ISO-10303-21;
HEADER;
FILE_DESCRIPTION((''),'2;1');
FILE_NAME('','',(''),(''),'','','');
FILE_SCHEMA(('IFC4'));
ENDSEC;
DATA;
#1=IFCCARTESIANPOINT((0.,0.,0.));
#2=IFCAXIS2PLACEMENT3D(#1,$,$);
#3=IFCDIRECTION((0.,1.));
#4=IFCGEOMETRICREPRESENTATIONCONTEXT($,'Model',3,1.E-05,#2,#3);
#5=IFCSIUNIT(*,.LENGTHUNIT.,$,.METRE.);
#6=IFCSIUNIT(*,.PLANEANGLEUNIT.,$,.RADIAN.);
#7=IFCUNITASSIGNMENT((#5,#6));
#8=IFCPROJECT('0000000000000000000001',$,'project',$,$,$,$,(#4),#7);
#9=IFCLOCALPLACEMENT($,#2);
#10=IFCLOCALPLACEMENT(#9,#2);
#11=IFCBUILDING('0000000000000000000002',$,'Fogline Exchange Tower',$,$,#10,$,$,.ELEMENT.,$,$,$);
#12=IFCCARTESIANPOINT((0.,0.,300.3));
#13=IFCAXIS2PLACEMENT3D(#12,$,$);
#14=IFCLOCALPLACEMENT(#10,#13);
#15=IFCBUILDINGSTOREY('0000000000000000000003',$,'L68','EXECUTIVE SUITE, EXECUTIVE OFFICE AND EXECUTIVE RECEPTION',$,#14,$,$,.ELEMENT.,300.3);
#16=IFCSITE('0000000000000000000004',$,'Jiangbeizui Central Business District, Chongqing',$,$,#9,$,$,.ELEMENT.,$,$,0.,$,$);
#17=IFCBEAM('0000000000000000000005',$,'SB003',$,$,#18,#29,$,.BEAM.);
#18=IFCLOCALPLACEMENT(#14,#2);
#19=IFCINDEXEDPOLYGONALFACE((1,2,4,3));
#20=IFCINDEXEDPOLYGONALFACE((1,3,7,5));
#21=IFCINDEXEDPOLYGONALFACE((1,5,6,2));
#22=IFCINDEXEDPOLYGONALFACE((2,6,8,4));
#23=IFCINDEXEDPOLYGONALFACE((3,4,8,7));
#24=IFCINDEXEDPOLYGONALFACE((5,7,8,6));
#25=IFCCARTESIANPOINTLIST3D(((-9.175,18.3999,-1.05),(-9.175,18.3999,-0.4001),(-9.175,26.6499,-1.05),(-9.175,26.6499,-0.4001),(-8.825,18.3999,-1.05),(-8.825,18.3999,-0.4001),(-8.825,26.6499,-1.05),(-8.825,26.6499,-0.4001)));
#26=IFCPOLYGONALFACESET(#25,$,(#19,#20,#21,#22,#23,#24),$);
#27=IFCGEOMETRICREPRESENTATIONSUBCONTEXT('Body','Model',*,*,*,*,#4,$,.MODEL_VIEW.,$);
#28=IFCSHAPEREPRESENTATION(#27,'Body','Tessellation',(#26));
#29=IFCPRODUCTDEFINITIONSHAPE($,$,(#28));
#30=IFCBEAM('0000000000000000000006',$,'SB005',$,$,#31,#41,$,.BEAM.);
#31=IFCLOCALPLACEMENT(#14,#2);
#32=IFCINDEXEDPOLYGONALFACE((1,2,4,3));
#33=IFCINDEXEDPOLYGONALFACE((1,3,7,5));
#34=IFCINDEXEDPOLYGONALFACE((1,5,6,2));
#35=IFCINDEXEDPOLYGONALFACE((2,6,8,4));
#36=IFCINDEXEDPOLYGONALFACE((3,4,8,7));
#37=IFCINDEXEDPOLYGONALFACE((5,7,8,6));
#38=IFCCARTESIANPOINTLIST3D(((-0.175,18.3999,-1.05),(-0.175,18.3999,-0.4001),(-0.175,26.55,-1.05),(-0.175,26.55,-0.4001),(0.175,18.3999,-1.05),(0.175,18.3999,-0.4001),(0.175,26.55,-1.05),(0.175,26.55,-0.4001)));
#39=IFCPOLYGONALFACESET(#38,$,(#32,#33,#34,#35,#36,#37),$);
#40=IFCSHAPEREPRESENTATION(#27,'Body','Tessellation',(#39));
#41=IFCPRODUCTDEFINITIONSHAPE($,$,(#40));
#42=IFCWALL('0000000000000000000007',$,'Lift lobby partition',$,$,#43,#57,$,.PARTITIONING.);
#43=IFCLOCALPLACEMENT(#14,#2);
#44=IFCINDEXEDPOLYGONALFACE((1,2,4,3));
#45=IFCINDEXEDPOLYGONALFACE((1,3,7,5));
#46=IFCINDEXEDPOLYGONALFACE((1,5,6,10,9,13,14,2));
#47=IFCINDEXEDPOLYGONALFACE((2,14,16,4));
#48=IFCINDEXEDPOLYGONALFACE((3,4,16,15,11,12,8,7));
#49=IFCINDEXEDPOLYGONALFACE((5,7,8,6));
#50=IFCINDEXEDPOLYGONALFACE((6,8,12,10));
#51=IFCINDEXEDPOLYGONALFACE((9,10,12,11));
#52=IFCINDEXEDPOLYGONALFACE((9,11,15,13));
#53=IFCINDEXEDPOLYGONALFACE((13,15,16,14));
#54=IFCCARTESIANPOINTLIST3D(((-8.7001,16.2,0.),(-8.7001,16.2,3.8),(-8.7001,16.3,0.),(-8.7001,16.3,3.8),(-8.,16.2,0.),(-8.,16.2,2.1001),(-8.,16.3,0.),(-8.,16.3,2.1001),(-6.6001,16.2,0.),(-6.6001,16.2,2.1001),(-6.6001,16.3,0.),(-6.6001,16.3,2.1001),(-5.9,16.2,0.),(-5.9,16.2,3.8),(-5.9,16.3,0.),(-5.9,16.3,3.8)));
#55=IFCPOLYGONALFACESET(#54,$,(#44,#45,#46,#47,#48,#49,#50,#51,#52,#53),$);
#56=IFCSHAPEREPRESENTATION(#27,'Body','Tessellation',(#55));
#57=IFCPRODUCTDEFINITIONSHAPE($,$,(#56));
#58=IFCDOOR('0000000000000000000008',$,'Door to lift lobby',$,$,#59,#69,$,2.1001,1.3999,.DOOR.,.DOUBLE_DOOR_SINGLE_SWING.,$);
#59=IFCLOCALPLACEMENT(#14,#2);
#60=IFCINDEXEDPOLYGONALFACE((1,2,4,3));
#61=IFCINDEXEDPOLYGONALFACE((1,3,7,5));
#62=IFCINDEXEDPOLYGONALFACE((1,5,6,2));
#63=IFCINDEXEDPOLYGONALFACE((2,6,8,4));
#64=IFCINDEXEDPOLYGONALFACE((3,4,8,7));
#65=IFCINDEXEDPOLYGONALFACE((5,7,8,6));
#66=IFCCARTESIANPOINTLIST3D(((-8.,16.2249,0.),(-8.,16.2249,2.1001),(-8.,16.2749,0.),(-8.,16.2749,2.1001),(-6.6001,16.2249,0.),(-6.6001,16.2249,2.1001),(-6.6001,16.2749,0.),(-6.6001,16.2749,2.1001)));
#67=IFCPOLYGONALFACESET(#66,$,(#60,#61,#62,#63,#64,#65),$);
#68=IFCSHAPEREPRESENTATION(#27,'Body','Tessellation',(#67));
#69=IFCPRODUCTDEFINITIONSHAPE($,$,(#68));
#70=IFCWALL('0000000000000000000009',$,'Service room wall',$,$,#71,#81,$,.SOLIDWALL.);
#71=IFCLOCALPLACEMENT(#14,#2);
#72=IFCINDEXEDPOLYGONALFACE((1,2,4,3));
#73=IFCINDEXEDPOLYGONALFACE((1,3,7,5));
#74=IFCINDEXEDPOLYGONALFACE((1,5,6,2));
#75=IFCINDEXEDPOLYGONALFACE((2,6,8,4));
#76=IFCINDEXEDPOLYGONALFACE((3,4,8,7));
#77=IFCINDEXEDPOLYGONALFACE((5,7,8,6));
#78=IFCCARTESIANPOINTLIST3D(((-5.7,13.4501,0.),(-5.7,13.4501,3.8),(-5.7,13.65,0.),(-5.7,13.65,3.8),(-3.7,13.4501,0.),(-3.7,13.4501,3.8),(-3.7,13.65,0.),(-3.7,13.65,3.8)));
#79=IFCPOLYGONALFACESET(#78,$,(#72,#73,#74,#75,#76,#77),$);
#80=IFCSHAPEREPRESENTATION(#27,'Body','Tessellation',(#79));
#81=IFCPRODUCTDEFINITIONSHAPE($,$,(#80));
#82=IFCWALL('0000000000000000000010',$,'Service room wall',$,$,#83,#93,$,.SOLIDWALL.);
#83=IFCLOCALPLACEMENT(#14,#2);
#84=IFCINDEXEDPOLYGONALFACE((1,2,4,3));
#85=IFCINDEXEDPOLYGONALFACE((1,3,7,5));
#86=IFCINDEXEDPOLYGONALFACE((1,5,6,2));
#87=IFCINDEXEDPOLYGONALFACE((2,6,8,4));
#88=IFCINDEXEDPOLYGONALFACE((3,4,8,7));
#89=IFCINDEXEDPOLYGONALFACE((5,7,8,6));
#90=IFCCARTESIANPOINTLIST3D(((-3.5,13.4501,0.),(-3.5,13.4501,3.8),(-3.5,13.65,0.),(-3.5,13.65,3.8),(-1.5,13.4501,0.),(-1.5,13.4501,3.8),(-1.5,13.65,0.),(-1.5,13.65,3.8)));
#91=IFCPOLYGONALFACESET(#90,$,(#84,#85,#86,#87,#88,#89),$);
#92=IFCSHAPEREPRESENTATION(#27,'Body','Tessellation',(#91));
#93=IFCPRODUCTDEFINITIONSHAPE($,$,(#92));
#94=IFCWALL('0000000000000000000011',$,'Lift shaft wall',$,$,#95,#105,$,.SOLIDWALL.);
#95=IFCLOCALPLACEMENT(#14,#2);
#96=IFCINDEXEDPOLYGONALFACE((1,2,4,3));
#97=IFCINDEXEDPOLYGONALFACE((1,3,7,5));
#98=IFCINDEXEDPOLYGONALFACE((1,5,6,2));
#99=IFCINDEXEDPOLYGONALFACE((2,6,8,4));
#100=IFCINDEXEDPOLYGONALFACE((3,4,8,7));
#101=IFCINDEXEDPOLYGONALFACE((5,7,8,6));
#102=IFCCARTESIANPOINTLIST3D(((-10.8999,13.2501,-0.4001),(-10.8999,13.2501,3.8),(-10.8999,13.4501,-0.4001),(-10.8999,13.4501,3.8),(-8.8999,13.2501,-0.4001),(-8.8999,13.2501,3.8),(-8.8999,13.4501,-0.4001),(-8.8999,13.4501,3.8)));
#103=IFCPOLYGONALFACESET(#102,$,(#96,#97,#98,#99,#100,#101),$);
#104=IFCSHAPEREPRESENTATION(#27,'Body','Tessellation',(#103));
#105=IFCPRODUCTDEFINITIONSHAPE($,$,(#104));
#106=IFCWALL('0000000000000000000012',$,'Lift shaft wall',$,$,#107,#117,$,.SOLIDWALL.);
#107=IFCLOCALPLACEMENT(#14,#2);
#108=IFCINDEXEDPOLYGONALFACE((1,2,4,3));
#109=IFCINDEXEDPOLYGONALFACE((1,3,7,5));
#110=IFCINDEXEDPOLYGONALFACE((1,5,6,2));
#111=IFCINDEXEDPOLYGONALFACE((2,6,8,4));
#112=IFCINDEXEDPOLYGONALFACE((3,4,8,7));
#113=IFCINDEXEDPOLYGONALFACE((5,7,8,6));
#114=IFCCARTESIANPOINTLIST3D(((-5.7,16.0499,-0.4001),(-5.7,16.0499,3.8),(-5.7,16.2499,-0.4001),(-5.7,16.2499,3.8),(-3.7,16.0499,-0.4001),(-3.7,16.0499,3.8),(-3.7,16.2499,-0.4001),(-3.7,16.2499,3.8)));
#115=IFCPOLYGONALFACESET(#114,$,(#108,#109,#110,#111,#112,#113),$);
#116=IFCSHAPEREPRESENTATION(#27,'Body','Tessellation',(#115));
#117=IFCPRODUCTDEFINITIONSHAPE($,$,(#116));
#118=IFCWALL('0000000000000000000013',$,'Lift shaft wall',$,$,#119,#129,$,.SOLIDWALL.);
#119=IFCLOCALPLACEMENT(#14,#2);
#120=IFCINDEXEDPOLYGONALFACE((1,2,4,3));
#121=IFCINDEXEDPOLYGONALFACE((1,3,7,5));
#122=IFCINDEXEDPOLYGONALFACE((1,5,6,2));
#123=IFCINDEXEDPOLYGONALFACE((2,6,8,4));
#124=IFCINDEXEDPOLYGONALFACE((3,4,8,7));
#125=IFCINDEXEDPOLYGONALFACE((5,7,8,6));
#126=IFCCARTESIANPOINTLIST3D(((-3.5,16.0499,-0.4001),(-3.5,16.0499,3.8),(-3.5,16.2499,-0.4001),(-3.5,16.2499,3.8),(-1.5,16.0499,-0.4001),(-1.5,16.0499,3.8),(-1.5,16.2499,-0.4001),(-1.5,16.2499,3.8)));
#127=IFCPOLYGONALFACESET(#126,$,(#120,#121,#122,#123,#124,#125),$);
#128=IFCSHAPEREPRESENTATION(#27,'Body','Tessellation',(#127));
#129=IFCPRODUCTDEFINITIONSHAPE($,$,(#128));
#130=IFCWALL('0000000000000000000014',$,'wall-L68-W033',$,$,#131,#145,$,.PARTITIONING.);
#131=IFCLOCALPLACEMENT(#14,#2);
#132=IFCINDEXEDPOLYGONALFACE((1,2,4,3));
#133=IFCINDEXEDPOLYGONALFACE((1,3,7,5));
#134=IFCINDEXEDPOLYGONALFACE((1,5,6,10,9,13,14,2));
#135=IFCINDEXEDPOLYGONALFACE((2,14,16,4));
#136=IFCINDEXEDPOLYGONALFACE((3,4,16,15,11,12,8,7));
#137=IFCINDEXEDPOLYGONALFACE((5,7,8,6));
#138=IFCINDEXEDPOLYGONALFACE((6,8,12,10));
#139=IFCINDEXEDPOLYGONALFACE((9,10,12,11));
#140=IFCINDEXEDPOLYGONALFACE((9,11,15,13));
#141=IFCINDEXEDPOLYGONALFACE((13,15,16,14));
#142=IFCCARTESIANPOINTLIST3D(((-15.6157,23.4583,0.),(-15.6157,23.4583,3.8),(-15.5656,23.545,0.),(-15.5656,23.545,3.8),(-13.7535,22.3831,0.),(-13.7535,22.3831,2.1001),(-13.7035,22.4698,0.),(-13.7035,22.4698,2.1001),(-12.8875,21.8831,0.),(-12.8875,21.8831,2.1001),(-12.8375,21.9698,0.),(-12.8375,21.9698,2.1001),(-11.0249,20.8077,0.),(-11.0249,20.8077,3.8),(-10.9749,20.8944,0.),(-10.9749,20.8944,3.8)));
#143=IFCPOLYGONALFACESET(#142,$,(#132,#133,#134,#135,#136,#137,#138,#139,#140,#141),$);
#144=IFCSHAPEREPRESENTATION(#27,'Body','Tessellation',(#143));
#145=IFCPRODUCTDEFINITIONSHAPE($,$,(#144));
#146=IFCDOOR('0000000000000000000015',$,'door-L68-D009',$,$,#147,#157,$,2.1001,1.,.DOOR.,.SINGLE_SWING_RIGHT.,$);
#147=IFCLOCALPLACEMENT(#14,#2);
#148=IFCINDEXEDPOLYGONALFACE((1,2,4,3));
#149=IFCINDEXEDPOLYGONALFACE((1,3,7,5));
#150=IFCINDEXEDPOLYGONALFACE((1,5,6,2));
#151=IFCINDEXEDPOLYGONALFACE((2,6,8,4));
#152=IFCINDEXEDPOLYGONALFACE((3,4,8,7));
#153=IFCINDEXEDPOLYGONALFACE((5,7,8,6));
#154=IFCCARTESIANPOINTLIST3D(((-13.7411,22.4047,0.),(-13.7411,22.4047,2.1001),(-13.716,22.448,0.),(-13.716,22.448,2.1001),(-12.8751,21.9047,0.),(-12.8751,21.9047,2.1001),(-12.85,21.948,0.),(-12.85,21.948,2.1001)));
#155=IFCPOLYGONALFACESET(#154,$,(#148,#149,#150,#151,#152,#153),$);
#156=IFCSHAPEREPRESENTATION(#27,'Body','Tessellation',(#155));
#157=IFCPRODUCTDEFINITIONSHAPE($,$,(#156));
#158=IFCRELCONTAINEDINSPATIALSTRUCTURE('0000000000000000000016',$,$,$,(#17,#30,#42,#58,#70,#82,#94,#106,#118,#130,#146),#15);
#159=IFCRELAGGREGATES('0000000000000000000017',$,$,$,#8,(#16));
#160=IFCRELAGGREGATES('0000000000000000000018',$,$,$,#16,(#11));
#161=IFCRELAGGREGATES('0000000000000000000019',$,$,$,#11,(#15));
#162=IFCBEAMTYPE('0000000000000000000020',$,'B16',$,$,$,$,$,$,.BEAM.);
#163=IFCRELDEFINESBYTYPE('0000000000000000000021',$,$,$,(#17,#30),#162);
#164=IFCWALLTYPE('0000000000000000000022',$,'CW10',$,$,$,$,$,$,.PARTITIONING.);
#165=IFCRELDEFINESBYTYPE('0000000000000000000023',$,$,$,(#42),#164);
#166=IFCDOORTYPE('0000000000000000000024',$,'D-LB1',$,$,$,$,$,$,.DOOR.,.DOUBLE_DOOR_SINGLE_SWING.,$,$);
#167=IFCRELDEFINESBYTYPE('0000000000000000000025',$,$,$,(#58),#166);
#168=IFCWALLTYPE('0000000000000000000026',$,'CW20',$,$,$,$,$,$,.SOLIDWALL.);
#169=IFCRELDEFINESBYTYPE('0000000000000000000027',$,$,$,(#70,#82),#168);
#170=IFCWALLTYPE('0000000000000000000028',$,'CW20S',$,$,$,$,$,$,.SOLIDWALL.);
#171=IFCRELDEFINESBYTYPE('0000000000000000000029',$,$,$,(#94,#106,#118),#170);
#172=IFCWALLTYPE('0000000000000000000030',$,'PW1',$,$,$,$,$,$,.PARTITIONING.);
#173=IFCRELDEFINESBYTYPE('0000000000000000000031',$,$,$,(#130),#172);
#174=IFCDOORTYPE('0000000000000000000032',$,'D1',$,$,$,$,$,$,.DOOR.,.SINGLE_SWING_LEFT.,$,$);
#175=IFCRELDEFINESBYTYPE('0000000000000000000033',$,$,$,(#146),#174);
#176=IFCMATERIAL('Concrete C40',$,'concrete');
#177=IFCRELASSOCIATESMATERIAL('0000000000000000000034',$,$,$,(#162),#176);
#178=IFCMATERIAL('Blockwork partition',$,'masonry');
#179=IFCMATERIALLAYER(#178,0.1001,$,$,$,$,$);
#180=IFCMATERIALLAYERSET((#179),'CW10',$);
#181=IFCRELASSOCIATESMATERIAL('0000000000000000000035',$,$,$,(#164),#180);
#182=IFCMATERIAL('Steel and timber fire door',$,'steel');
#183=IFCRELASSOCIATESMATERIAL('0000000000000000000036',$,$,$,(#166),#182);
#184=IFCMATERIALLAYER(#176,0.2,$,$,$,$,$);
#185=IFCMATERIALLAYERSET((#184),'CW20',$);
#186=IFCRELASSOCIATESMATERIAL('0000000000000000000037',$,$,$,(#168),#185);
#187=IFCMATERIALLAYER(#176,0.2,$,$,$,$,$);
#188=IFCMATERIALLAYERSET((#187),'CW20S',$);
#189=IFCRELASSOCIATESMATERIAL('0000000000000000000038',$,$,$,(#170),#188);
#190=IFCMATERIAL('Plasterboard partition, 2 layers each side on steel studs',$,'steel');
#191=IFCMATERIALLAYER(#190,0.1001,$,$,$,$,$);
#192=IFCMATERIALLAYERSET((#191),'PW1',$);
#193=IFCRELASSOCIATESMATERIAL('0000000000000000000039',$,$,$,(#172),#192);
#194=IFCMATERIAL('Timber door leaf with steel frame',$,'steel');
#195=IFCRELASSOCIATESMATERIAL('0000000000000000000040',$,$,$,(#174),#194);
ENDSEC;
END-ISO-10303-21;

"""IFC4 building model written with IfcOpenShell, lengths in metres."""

from ifc_helpers import new_model, si_unit, direction, frame, frame_2d, origin, origin_2d, place, context, subcontext, project, spatial, rectangle, extrude, material, layer, layer_set, material_profile, profile_set, type_object, element, fill, save


model = new_model("IFC4")

# Units and contexts
model_context = context("Model", 3, precision=1e-05, world=origin(), true_north=direction((0.0, 1.0)))
body_context = subcontext(model_context, "Body", "Model", "MODEL_VIEW")
ifc_project = project(units=[si_unit("LENGTHUNIT", "METRE"), si_unit("PLANEANGLEUNIT", "RADIAN")], contexts=[model_context])

# Site, building, storey
site_placement = place(None, origin())
site = spatial("IfcSite", under=ifc_project, at=site_placement, Name="Jiangbeizui Central Business District, Chongqing", CompositionType="ELEMENT", RefElevation=0.0)
building_placement = place(site_placement, origin())
building = spatial("IfcBuilding", under=site, at=building_placement, Name="Fogline Exchange Tower", CompositionType="ELEMENT")
storey_placement = place(building_placement, frame((0.0, 0.0, 300.3)))
storey = spatial("IfcBuildingStorey", under=building, at=storey_placement, Name="L68", Description="EXECUTIVE SUITE, EXECUTIVE OFFICE AND EXECUTIVE RECEPTION", CompositionType="ELEMENT", Elevation=300.3)

# Beams
ifc_material_1 = material(Name="Concrete C40", Category="concrete")
ifc_material_profile = material_profile(ifc_material_1, rectangle(XDim=0.3501, YDim=0.6499, at=origin_2d()), Name="RC 350x650")
ifc_profile_set = profile_set([ifc_material_profile], Name="Concrete C40")
beam_type = type_object("IfcBeamType", Name="B16", PredefinedType="BEAM", material=ifc_profile_set)
beam_1_placement = place(storey_placement, frame((-9.0, 18.3999, -0.7251), z_axis=(0.0, 1.0, 0.0), x_axis=(-1.0, 0.0, 0.0)))
element("IfcBeam", 1, at=beam_1_placement, inside=storey, type_object=beam_type, Name="SB003", PredefinedType="BEAM", context=body_context, shape_type="SweptSolid", body=[
    extrude(rectangle(XDim=0.3501, YDim=0.6499, at=origin_2d()), origin(), (0.0, 0.0, 1.0), 8.25),
])
beam_2_placement = place(storey_placement, frame((0.0, 18.3999, -0.7251), z_axis=(0.0, 1.0, 0.0), x_axis=(-1.0, 0.0, 0.0)))
element("IfcBeam", 2, at=beam_2_placement, inside=storey, type_object=beam_type, Name="SB005", PredefinedType="BEAM", context=body_context, shape_type="SweptSolid", body=[
    extrude(rectangle(XDim=0.3501, YDim=0.6499, at=origin_2d()), origin(), (0.0, 0.0, 1.0), 8.1501),
])

# Wall, opening, door
ifc_material_2 = material(Name="Blockwork partition", Category="masonry")
ifc_layer_1 = layer(ifc_material_2, 0.1001)
ifc_layer_set_1 = layer_set([ifc_layer_1], Name="CW10")
wall_type_1 = type_object("IfcWallType", Name="CW10", PredefinedType="PARTITIONING", material=ifc_layer_set_1)
wall_1_placement = place(storey_placement, frame((-8.7, 16.25, 0.0), z_axis=(0.0, 0.0, 1.0), x_axis=(1.0, 0.0, 0.0)))
wall_1 = element("IfcWall", 3, at=wall_1_placement, inside=storey, type_object=wall_type_1, Name="Lift lobby partition", PredefinedType="PARTITIONING", context=body_context, shape_type="SweptSolid", body=[
    extrude(rectangle(XDim=2.8, YDim=0.1001, at=frame_2d((1.3999, 0.0))), origin(), (0.0, 0.0, 1.0), 3.8),
])
opening_1_placement = place(wall_1_placement, frame((0.7, 0.0, 0.0)))
opening_1 = element("IfcOpeningElement", 4, at=opening_1_placement, cuts=wall_1, PredefinedType="OPENING", context=body_context, shape_type="SweptSolid", body=[
    extrude(rectangle(XDim=1.3999, YDim=2.1001, at=frame_2d((0.7, 1.05))), frame((0.0, 0.0601, 0.0), z_axis=(0.0, -1.0, 0.0), x_axis=(1.0, 0.0, 0.0)), (0.0, 0.0, 1.0), 0.1201),
])
ifc_material_3 = material(Name="Steel and timber fire door", Category="steel")
door_type_1 = type_object("IfcDoorType", Name="D-LB1", OperationType="DOUBLE_DOOR_SINGLE_SWING", PredefinedType="DOOR", material=ifc_material_3)
door_1_placement = place(opening_1_placement, origin())
door_1 = element("IfcDoor", 5, at=door_1_placement, inside=storey, type_object=door_type_1, Name="Door to lift lobby", OperationType="DOUBLE_DOOR_SINGLE_SWING", OverallHeight=2.1001, OverallWidth=1.3999, PredefinedType="DOOR", context=body_context, shape_type="SweptSolid", body=[
    extrude(rectangle(XDim=1.3999, YDim=2.1001, at=frame_2d((0.7, 1.05))), frame((0.0, 0.0249, 0.0), z_axis=(0.0, -1.0, 0.0), x_axis=(1.0, 0.0, 0.0)), (0.0, 0.0, 1.0), 0.05),
])
fill(opening_1, door_1)

# Walls
ifc_layer_2 = layer(ifc_material_1, 0.2)
ifc_layer_set_2 = layer_set([ifc_layer_2], Name="CW20")
wall_type_2 = type_object("IfcWallType", Name="CW20", PredefinedType="SOLIDWALL", material=ifc_layer_set_2)
for number, where, z_axis, x_axis, name in (
    (6, (-5.7, 13.55, 0.0), (0.0, 0.0, 1.0), (1.0, 0.0, 0.0), "Service room wall"),
    (7, (-3.5, 13.55, 0.0), (0.0, 0.0, 1.0), (1.0, 0.0, 0.0), "Service room wall"),
):
    element("IfcWall", number, at=place(storey_placement, frame(where, z_axis=z_axis, x_axis=x_axis)), inside=storey, type_object=wall_type_2, Name=name, PredefinedType="SOLIDWALL", context=body_context, shape_type="SweptSolid", body=[
        extrude(rectangle(XDim=2.0, YDim=0.2, at=frame_2d((1.0, 0.0))), origin(), (0.0, 0.0, 1.0), 3.8),
    ])
ifc_layer_3 = layer(ifc_material_1, 0.2)
ifc_layer_set_3 = layer_set([ifc_layer_3], Name="CW20S")
wall_type_3 = type_object("IfcWallType", Name="CW20S", PredefinedType="SOLIDWALL", material=ifc_layer_set_3)
for number, where, z_axis, x_axis, name in (
    (8, (-10.8999, 13.3501, -0.4001), (0.0, 0.0, 1.0), (1.0, 0.0, 0.0), "Lift shaft wall"),
    (9, (-5.7, 16.1499, -0.4001), (0.0, 0.0, 1.0), (1.0, 0.0, 0.0), "Lift shaft wall"),
    (10, (-3.5, 16.1499, -0.4001), (0.0, 0.0, 1.0), (1.0, 0.0, 0.0), "Lift shaft wall"),
):
    element("IfcWall", number, at=place(storey_placement, frame(where, z_axis=z_axis, x_axis=x_axis)), inside=storey, type_object=wall_type_3, Name=name, PredefinedType="SOLIDWALL", context=body_context, shape_type="SweptSolid", body=[
        extrude(rectangle(XDim=2.0, YDim=0.2, at=frame_2d((1.0, 0.0))), origin(), (0.0, 0.0, 1.0), 4.2002),
    ])

# Wall, opening, door
ifc_material_4 = material(Name="Plasterboard partition, 2 layers each side on steel studs", Category="steel")
ifc_layer_4 = layer(ifc_material_4, 0.1001)
ifc_layer_set_4 = layer_set([ifc_layer_4], Name="PW1")
wall_type_4 = type_object("IfcWallType", Name="PW1", PredefinedType="PARTITIONING", material=ifc_layer_set_4)
wall_2_placement = place(storey_placement, frame((-11.0, 20.8511, 0.0), z_axis=(0.0, 0.0, 1.0), x_axis=(-0.866015, 0.500017, 0.0)))
wall_2 = element("IfcWall", 11, at=wall_2_placement, inside=storey, type_object=wall_type_4, Name="wall-L68-W033", PredefinedType="PARTITIONING", context=body_context, shape_type="SweptSolid", body=[
    extrude(rectangle(XDim=5.301, YDim=0.1001, at=frame_2d((2.6504, 0.0))), origin(), (0.0, 0.0, 1.0), 3.8),
])
opening_2_placement = place(wall_2_placement, frame((2.1506, 0.0, 0.0)))
opening_2 = element("IfcOpeningElement", 12, at=opening_2_placement, cuts=wall_2, PredefinedType="OPENING", context=body_context, shape_type="SweptSolid", body=[
    extrude(rectangle(XDim=1.0, YDim=2.1001, at=frame_2d((0.5, 1.05))), frame((0.0, 0.0601, 0.0), z_axis=(0.0, -1.0, 0.0), x_axis=(1.0, 0.0, 0.0)), (0.0, 0.0, 1.0), 0.1201),
])
ifc_material_5 = material(Name="Timber door leaf with steel frame", Category="steel")
door_type_2 = type_object("IfcDoorType", Name="D1", OperationType="SINGLE_SWING_LEFT", PredefinedType="DOOR", material=ifc_material_5)
door_2_placement = place(opening_2_placement, frame((1.0, 0.0, 0.0), z_axis=(0.0, 0.0, 1.0), x_axis=(-1.0, 0.0, 0.0)))
door_2 = element("IfcDoor", 13, at=door_2_placement, inside=storey, type_object=door_type_2, Name="door-L68-D009", OperationType="SINGLE_SWING_RIGHT", OverallHeight=2.1001, OverallWidth=1.0, PredefinedType="DOOR", context=body_context, shape_type="SweptSolid", body=[
    extrude(rectangle(XDim=1.0, YDim=2.1001, at=frame_2d((0.5, 1.05))), frame((0.0, 0.0249, 0.0), z_axis=(0.0, -1.0, 0.0), x_axis=(1.0, 0.0, 0.0)), (0.0, 0.0, 1.0), 0.05),
])
fill(opening_2, door_2)

save(model, "model.ifc")
